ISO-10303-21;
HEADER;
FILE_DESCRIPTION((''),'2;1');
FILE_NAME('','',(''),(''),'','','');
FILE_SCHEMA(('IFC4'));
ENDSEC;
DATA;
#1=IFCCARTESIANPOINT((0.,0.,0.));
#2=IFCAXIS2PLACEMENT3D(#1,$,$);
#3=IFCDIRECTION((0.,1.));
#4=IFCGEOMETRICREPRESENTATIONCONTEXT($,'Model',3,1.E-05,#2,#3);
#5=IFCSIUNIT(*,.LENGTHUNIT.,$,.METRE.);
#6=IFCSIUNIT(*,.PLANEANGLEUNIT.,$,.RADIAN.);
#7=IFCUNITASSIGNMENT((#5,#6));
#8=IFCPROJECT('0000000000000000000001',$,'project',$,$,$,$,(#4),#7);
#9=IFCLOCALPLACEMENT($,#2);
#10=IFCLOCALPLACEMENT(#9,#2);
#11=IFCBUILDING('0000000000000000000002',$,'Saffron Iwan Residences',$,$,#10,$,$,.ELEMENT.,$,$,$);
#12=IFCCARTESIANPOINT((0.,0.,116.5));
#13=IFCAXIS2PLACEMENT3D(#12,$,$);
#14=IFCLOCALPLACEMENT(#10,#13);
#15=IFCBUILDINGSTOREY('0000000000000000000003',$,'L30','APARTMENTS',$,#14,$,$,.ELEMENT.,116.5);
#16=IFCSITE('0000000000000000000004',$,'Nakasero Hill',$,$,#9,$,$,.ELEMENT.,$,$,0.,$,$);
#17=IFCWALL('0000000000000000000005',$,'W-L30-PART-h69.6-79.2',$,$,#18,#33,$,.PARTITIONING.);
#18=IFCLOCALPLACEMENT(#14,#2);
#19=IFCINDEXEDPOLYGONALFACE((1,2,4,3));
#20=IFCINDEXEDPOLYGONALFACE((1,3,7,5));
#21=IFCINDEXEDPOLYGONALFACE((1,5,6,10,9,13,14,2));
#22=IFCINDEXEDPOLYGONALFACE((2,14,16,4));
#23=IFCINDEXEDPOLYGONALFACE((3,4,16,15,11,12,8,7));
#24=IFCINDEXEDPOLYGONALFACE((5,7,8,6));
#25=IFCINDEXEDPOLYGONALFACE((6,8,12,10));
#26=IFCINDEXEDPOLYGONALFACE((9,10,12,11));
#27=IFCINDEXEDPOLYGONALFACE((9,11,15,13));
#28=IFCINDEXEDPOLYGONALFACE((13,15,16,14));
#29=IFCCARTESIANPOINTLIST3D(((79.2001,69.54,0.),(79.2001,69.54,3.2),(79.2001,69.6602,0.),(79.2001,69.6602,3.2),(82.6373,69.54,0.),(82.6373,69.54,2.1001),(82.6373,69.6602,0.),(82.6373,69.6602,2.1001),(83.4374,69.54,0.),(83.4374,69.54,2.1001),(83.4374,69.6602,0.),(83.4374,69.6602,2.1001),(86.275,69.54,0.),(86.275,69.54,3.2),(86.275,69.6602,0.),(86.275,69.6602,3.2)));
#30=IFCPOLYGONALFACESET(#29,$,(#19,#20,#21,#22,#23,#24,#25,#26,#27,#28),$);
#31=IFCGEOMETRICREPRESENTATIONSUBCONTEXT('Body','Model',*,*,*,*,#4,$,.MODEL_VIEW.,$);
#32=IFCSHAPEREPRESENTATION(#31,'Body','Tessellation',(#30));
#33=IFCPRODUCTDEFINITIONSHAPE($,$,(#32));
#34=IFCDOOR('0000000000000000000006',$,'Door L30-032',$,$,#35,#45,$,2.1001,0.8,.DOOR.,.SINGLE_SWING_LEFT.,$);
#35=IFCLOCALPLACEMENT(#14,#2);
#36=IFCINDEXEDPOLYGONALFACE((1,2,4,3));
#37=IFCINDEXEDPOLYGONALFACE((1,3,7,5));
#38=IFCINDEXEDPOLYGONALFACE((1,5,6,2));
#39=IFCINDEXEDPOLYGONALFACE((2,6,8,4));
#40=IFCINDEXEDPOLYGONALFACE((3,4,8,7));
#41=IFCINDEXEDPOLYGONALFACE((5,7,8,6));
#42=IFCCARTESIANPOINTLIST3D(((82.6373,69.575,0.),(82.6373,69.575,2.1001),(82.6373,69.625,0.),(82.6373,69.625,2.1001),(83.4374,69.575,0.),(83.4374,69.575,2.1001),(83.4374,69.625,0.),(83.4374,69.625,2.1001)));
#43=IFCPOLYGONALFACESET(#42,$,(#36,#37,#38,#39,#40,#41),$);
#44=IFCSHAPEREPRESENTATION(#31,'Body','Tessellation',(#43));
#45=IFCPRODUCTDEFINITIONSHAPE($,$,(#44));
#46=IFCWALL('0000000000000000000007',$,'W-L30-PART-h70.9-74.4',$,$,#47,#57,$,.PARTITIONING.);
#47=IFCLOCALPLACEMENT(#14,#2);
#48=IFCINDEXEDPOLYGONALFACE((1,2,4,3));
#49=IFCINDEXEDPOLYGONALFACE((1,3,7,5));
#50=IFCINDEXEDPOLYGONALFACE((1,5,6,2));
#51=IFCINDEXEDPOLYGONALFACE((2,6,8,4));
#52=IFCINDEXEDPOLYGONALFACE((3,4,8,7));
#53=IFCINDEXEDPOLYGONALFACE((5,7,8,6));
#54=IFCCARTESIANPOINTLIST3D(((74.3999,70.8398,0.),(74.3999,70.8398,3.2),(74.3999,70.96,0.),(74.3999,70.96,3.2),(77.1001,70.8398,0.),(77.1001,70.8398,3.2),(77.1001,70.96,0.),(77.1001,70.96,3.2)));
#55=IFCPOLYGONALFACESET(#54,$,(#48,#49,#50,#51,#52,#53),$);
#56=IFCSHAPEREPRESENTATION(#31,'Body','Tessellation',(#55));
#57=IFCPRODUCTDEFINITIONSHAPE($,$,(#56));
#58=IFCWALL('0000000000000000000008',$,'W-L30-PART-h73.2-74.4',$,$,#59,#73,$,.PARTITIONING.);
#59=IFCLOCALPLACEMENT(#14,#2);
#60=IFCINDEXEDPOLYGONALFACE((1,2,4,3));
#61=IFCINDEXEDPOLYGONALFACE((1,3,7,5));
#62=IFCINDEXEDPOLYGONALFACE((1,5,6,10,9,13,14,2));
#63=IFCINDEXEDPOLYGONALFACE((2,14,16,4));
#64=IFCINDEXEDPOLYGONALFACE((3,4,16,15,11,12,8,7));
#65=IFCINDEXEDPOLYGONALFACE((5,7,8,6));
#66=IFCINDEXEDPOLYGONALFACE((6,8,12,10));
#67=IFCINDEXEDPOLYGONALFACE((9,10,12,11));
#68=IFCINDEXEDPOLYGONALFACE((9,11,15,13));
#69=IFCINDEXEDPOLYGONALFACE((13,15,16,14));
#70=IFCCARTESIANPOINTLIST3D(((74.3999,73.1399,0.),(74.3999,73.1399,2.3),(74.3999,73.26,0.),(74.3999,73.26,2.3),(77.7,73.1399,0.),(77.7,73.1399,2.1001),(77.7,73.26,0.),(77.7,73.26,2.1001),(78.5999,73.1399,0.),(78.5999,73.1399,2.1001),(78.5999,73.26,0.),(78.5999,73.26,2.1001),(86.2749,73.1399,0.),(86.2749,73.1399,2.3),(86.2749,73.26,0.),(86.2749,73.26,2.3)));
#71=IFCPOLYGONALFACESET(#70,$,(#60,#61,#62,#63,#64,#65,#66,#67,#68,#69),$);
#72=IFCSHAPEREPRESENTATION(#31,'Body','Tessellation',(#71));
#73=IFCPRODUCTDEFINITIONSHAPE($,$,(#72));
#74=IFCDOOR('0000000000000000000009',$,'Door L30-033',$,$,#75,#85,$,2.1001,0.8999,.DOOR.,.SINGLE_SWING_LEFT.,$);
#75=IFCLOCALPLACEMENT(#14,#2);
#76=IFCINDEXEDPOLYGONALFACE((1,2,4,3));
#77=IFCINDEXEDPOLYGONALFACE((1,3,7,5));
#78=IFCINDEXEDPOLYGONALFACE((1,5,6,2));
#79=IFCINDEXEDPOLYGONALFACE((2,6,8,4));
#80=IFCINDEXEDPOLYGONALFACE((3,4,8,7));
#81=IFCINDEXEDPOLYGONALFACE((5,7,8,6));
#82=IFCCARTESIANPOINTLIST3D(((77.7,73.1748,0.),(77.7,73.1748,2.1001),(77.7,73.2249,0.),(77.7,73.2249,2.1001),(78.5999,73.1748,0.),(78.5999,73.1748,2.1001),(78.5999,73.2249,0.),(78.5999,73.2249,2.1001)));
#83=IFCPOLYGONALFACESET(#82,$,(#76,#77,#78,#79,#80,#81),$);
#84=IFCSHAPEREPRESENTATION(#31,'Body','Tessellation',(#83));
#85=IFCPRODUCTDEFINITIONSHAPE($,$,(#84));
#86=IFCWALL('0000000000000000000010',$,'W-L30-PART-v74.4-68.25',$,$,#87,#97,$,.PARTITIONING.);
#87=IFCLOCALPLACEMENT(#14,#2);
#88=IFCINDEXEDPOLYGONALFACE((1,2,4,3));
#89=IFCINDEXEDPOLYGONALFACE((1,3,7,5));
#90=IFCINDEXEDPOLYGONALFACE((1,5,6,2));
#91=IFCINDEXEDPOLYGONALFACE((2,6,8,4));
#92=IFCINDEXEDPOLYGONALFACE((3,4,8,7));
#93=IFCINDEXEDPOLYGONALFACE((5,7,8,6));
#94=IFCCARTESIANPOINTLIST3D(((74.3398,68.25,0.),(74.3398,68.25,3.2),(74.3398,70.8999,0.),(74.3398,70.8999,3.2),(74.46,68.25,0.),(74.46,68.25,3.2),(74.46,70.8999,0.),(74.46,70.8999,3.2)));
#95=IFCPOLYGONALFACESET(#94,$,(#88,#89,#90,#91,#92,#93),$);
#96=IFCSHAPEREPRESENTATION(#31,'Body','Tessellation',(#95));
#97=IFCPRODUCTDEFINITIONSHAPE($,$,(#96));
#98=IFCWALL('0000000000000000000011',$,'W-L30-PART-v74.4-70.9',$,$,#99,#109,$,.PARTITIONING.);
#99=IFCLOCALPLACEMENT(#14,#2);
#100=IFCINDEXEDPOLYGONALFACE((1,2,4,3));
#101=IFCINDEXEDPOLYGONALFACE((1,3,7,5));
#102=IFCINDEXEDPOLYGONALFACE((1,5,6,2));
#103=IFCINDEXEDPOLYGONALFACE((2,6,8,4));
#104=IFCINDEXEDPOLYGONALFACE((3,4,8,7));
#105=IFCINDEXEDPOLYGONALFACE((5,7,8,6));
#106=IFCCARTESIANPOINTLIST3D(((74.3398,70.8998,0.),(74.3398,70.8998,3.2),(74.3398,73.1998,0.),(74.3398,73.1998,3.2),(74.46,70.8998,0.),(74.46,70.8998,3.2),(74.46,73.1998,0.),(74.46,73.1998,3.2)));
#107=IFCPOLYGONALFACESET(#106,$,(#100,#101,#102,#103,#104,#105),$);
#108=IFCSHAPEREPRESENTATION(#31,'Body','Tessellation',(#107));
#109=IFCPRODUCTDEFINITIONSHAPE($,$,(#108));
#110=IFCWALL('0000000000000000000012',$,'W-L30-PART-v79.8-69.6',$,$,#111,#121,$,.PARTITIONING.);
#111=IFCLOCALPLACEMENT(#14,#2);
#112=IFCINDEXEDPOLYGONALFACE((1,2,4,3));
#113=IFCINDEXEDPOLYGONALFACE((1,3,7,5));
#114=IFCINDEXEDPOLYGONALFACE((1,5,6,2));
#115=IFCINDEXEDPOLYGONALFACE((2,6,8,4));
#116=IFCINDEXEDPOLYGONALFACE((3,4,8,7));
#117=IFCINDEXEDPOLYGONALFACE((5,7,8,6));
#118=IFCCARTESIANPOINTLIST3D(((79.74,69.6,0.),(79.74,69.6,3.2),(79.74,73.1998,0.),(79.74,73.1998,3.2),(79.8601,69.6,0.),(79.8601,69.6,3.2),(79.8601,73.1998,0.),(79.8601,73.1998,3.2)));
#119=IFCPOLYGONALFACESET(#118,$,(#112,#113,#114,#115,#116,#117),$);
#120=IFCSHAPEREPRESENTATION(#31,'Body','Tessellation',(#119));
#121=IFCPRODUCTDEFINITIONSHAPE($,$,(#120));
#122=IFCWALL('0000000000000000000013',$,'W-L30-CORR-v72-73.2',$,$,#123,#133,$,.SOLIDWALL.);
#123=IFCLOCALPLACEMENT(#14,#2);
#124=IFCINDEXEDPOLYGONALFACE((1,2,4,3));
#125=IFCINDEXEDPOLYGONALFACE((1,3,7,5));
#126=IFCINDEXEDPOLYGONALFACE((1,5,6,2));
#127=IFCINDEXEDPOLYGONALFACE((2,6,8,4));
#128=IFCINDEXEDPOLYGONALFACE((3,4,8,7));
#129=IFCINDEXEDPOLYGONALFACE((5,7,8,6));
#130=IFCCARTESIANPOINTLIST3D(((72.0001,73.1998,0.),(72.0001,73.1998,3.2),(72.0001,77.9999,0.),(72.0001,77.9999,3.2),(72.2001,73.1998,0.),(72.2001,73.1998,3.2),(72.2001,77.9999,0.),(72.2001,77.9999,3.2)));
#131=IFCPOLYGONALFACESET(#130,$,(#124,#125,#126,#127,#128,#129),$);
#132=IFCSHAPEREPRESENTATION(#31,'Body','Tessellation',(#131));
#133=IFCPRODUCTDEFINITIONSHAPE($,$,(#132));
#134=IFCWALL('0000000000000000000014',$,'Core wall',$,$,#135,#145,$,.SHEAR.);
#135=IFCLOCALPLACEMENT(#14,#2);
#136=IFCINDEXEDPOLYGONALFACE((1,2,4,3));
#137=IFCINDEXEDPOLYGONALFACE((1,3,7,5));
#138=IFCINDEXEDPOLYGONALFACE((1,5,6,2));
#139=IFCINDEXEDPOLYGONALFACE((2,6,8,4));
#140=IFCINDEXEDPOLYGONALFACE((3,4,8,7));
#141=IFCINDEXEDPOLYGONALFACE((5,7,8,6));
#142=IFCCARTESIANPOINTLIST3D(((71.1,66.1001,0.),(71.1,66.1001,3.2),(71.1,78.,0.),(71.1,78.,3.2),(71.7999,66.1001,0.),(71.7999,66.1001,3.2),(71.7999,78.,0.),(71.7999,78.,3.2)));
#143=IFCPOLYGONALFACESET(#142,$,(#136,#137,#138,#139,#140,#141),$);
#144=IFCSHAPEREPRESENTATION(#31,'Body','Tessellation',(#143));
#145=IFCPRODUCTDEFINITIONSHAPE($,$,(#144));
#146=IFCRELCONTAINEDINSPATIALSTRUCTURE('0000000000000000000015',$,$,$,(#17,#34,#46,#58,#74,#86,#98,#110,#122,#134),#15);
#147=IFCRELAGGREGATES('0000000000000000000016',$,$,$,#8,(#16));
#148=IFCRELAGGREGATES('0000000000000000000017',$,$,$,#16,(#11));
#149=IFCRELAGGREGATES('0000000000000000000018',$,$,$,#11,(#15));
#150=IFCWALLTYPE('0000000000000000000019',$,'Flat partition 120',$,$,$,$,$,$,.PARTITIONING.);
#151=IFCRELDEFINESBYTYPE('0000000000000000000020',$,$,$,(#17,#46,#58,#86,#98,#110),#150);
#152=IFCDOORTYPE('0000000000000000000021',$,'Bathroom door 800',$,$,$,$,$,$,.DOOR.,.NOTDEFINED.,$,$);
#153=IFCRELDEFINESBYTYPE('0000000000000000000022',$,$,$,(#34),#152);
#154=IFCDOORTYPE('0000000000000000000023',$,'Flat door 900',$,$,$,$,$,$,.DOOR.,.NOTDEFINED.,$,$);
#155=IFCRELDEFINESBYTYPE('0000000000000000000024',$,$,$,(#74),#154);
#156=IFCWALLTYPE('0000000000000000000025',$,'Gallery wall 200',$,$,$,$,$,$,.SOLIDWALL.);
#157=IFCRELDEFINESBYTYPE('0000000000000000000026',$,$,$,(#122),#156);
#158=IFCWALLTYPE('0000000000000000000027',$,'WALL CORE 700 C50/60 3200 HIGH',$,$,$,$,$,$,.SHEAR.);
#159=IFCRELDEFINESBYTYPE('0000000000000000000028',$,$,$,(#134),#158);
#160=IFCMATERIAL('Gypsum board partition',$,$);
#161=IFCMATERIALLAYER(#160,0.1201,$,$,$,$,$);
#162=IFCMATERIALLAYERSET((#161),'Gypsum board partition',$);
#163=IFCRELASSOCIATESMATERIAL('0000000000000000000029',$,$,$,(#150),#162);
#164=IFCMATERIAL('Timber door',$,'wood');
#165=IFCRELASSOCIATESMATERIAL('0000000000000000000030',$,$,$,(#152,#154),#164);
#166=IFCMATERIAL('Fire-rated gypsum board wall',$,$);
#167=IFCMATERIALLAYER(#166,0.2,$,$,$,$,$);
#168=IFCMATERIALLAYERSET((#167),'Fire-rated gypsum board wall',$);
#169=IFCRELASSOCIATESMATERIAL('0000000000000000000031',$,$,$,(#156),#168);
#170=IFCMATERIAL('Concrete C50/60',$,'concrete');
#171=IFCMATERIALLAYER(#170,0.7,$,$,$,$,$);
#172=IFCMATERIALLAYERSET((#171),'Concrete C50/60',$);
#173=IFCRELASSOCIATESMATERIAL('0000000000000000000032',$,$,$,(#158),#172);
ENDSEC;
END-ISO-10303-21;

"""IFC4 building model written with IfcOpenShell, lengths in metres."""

from ifc_helpers import new_model, si_unit, direction, frame, frame_2d, origin, place, context, subcontext, project, spatial, rectangle, extrude, material, layer, layer_set, type_object, element, fill, save


model = new_model("IFC4")

# Units and contexts
model_context = context("Model", 3, precision=1e-05, world=origin(), true_north=direction((0.0, 1.0)))
body_context = subcontext(model_context, "Body", "Model", "MODEL_VIEW")
ifc_project = project(units=[si_unit("LENGTHUNIT", "METRE"), si_unit("PLANEANGLEUNIT", "RADIAN")], contexts=[model_context])

# Site, building, storey
site_placement = place(None, origin())
site = spatial("IfcSite", under=ifc_project, at=site_placement, Name="Nakasero Hill", CompositionType="ELEMENT", RefElevation=0.0)
building_placement = place(site_placement, origin())
building = spatial("IfcBuilding", under=site, at=building_placement, Name="Saffron Iwan Residences", CompositionType="ELEMENT")
storey_placement = place(building_placement, frame((0.0, 0.0, 116.5)))
storey = spatial("IfcBuildingStorey", under=building, at=storey_placement, Name="L30", Description="APARTMENTS", CompositionType="ELEMENT", Elevation=116.5)

# Shared definitions
ifc_material_1 = material(Name="Concrete C50/60", Category="concrete")

# Shared definitions
ifc_material_2 = material(Name="Gypsum board partition")
ifc_layer_1 = layer(ifc_material_2, 0.1201)
ifc_layer_set_1 = layer_set([ifc_layer_1], Name="Gypsum board partition")
wall_type_1 = type_object("IfcWallType", Name="Flat partition 120", PredefinedType="PARTITIONING", material=ifc_layer_set_1)

# Wall, opening, door
wall_1_placement = place(storey_placement, frame((79.2, 69.6001, 0.0), z_axis=(0.0, 0.0, 1.0), x_axis=(1.0, 0.0, 0.0)))
wall_1 = element("IfcWall", 1, at=wall_1_placement, inside=storey, type_object=wall_type_1, Name="W-L30-PART-h69.6-79.2", PredefinedType="PARTITIONING", context=body_context, shape_type="SweptSolid", body=[
    extrude(rectangle(XDim=7.075, YDim=0.1201, at=frame_2d((3.5376, 0.0))), origin(), (0.0, 0.0, 1.0), 3.2),
])
opening_1_placement = place(wall_1_placement, frame((3.4375, 0.0, 0.0)))
opening_1 = element("IfcOpeningElement", 2, at=opening_1_placement, cuts=wall_1, PredefinedType="OPENING", context=body_context, shape_type="SweptSolid", body=[
    extrude(rectangle(XDim=0.8, YDim=2.1001, at=frame_2d((0.3999, 1.05))), frame((0.0, 0.0701, 0.0), z_axis=(0.0, -1.0, 0.0), x_axis=(1.0, 0.0, 0.0)), (0.0, 0.0, 1.0), 0.1401),
])
ifc_material_3 = material(Name="Timber door", Category="wood")
door_type_1 = type_object("IfcDoorType", Name="Bathroom door 800", OperationType="NOTDEFINED", PredefinedType="DOOR", material=ifc_material_3)
door_1_placement = place(opening_1_placement, origin())
door_1 = element("IfcDoor", 3, at=door_1_placement, inside=storey, type_object=door_type_1, Name="Door L30-032", OperationType="SINGLE_SWING_LEFT", OverallHeight=2.1001, OverallWidth=0.8, PredefinedType="DOOR", context=body_context, shape_type="SweptSolid", body=[
    extrude(rectangle(XDim=0.8, YDim=2.1001, at=frame_2d((0.3999, 1.05))), frame((0.0, 0.0249, 0.0), z_axis=(0.0, -1.0, 0.0), x_axis=(1.0, 0.0, 0.0)), (0.0, 0.0, 1.0), 0.05),
])
fill(opening_1, door_1)

# Wall
wall_2_placement = place(storey_placement, frame((74.3999, 70.8999, 0.0), z_axis=(0.0, 0.0, 1.0), x_axis=(1.0, 0.0, 0.0)))
element("IfcWall", 4, at=wall_2_placement, inside=storey, type_object=wall_type_1, Name="W-L30-PART-h70.9-74.4", PredefinedType="PARTITIONING", context=body_context, shape_type="SweptSolid", body=[
    extrude(rectangle(XDim=2.7002, YDim=0.1201, at=frame_2d((1.3501, 0.0))), origin(), (0.0, 0.0, 1.0), 3.2),
])

# Wall, opening, door
wall_3_placement = place(storey_placement, frame((74.3999, 73.2, 0.0), z_axis=(0.0, 0.0, 1.0), x_axis=(1.0, 0.0, 0.0)))
wall_3 = element("IfcWall", 5, at=wall_3_placement, inside=storey, type_object=wall_type_1, Name="W-L30-PART-h73.2-74.4", PredefinedType="PARTITIONING", context=body_context, shape_type="SweptSolid", body=[
    extrude(rectangle(XDim=11.875, YDim=0.1201, at=frame_2d((5.9375, 0.0))), origin(), (0.0, 0.0, 1.0), 2.3),
])
opening_2_placement = place(wall_3_placement, frame((3.3, 0.0, 0.0)))
opening_2 = element("IfcOpeningElement", 6, at=opening_2_placement, cuts=wall_3, PredefinedType="OPENING", context=body_context, shape_type="SweptSolid", body=[
    extrude(rectangle(XDim=0.8999, YDim=2.1001, at=frame_2d((0.45, 1.05))), frame((0.0, 0.0701, 0.0), z_axis=(0.0, -1.0, 0.0), x_axis=(1.0, 0.0, 0.0)), (0.0, 0.0, 1.0), 0.1401),
])
door_type_2 = type_object("IfcDoorType", Name="Flat door 900", OperationType="NOTDEFINED", PredefinedType="DOOR", material=ifc_material_3)
door_2_placement = place(opening_2_placement, origin())
door_2 = element("IfcDoor", 7, at=door_2_placement, inside=storey, type_object=door_type_2, Name="Door L30-033", OperationType="SINGLE_SWING_LEFT", OverallHeight=2.1001, OverallWidth=0.8999, PredefinedType="DOOR", context=body_context, shape_type="SweptSolid", body=[
    extrude(rectangle(XDim=0.8999, YDim=2.1001, at=frame_2d((0.45, 1.05))), frame((0.0, 0.0249, 0.0), z_axis=(0.0, -1.0, 0.0), x_axis=(1.0, 0.0, 0.0)), (0.0, 0.0, 1.0), 0.05),
])
fill(opening_2, door_2)

# Walls
wall_4_placement = place(storey_placement, frame((74.3999, 68.25, 0.0), z_axis=(0.0, 0.0, 1.0), x_axis=(0.0, 1.0, 0.0)))
element("IfcWall", 8, at=wall_4_placement, inside=storey, type_object=wall_type_1, Name="W-L30-PART-v74.4-68.25", PredefinedType="PARTITIONING", context=body_context, shape_type="SweptSolid", body=[
    extrude(rectangle(XDim=2.6499, YDim=0.1201, at=frame_2d((1.325, 0.0))), origin(), (0.0, 0.0, 1.0), 3.2),
])
wall_5_placement = place(storey_placement, frame((74.3999, 70.8999, 0.0), z_axis=(0.0, 0.0, 1.0), x_axis=(0.0, 1.0, 0.0)))
element("IfcWall", 9, at=wall_5_placement, inside=storey, type_object=wall_type_1, Name="W-L30-PART-v74.4-70.9", PredefinedType="PARTITIONING", context=body_context, shape_type="SweptSolid", body=[
    extrude(rectangle(XDim=2.3, YDim=0.1201, at=frame_2d((1.1499, 0.0))), origin(), (0.0, 0.0, 1.0), 3.2),
])
wall_6_placement = place(storey_placement, frame((79.8, 69.6001, 0.0), z_axis=(0.0, 0.0, 1.0), x_axis=(0.0, 1.0, 0.0)))
element("IfcWall", 10, at=wall_6_placement, inside=storey, type_object=wall_type_1, Name="W-L30-PART-v79.8-69.6", PredefinedType="PARTITIONING", context=body_context, shape_type="SweptSolid", body=[
    extrude(rectangle(XDim=3.5999, YDim=0.1201, at=frame_2d((1.7998, 0.0))), origin(), (0.0, 0.0, 1.0), 3.2),
])
ifc_material_4 = material(Name="Fire-rated gypsum board wall")
ifc_layer_2 = layer(ifc_material_4, 0.2)
ifc_layer_set_2 = layer_set([ifc_layer_2], Name="Fire-rated gypsum board wall")
wall_type_2 = type_object("IfcWallType", Name="Gallery wall 200", PredefinedType="SOLIDWALL", material=ifc_layer_set_2)
wall_7_placement = place(storey_placement, frame((72.1001, 73.2, 0.0), z_axis=(0.0, 0.0, 1.0), x_axis=(0.0, 1.0, 0.0)))
element("IfcWall", 11, at=wall_7_placement, inside=storey, type_object=wall_type_2, Name="W-L30-CORR-v72-73.2", PredefinedType="SOLIDWALL", context=body_context, shape_type="SweptSolid", body=[
    extrude(rectangle(XDim=4.8, YDim=0.2, at=frame_2d((2.3999, 0.0))), origin(), (0.0, 0.0, 1.0), 3.2),
])
ifc_layer_3 = layer(ifc_material_1, 0.7)
ifc_layer_set_3 = layer_set([ifc_layer_3], Name="Concrete C50/60")
wall_type_3 = type_object("IfcWallType", Name="WALL CORE 700 C50/60 3200 HIGH", PredefinedType="SHEAR", material=ifc_layer_set_3)
wall_8_placement = place(storey_placement, frame((71.45, 66.1001, 0.0), z_axis=(0.0, 0.0, 1.0), x_axis=(0.0, 1.0, 0.0)))
element("IfcWall", 12, at=wall_8_placement, inside=storey, type_object=wall_type_3, Name="Core wall", PredefinedType="SHEAR", context=body_context, shape_type="SweptSolid", body=[
    extrude(rectangle(XDim=11.8999, YDim=0.7, at=frame_2d((5.95, 0.0))), origin(), (0.0, 0.0, 1.0), 3.2),
])

save(model, "model.ifc")
